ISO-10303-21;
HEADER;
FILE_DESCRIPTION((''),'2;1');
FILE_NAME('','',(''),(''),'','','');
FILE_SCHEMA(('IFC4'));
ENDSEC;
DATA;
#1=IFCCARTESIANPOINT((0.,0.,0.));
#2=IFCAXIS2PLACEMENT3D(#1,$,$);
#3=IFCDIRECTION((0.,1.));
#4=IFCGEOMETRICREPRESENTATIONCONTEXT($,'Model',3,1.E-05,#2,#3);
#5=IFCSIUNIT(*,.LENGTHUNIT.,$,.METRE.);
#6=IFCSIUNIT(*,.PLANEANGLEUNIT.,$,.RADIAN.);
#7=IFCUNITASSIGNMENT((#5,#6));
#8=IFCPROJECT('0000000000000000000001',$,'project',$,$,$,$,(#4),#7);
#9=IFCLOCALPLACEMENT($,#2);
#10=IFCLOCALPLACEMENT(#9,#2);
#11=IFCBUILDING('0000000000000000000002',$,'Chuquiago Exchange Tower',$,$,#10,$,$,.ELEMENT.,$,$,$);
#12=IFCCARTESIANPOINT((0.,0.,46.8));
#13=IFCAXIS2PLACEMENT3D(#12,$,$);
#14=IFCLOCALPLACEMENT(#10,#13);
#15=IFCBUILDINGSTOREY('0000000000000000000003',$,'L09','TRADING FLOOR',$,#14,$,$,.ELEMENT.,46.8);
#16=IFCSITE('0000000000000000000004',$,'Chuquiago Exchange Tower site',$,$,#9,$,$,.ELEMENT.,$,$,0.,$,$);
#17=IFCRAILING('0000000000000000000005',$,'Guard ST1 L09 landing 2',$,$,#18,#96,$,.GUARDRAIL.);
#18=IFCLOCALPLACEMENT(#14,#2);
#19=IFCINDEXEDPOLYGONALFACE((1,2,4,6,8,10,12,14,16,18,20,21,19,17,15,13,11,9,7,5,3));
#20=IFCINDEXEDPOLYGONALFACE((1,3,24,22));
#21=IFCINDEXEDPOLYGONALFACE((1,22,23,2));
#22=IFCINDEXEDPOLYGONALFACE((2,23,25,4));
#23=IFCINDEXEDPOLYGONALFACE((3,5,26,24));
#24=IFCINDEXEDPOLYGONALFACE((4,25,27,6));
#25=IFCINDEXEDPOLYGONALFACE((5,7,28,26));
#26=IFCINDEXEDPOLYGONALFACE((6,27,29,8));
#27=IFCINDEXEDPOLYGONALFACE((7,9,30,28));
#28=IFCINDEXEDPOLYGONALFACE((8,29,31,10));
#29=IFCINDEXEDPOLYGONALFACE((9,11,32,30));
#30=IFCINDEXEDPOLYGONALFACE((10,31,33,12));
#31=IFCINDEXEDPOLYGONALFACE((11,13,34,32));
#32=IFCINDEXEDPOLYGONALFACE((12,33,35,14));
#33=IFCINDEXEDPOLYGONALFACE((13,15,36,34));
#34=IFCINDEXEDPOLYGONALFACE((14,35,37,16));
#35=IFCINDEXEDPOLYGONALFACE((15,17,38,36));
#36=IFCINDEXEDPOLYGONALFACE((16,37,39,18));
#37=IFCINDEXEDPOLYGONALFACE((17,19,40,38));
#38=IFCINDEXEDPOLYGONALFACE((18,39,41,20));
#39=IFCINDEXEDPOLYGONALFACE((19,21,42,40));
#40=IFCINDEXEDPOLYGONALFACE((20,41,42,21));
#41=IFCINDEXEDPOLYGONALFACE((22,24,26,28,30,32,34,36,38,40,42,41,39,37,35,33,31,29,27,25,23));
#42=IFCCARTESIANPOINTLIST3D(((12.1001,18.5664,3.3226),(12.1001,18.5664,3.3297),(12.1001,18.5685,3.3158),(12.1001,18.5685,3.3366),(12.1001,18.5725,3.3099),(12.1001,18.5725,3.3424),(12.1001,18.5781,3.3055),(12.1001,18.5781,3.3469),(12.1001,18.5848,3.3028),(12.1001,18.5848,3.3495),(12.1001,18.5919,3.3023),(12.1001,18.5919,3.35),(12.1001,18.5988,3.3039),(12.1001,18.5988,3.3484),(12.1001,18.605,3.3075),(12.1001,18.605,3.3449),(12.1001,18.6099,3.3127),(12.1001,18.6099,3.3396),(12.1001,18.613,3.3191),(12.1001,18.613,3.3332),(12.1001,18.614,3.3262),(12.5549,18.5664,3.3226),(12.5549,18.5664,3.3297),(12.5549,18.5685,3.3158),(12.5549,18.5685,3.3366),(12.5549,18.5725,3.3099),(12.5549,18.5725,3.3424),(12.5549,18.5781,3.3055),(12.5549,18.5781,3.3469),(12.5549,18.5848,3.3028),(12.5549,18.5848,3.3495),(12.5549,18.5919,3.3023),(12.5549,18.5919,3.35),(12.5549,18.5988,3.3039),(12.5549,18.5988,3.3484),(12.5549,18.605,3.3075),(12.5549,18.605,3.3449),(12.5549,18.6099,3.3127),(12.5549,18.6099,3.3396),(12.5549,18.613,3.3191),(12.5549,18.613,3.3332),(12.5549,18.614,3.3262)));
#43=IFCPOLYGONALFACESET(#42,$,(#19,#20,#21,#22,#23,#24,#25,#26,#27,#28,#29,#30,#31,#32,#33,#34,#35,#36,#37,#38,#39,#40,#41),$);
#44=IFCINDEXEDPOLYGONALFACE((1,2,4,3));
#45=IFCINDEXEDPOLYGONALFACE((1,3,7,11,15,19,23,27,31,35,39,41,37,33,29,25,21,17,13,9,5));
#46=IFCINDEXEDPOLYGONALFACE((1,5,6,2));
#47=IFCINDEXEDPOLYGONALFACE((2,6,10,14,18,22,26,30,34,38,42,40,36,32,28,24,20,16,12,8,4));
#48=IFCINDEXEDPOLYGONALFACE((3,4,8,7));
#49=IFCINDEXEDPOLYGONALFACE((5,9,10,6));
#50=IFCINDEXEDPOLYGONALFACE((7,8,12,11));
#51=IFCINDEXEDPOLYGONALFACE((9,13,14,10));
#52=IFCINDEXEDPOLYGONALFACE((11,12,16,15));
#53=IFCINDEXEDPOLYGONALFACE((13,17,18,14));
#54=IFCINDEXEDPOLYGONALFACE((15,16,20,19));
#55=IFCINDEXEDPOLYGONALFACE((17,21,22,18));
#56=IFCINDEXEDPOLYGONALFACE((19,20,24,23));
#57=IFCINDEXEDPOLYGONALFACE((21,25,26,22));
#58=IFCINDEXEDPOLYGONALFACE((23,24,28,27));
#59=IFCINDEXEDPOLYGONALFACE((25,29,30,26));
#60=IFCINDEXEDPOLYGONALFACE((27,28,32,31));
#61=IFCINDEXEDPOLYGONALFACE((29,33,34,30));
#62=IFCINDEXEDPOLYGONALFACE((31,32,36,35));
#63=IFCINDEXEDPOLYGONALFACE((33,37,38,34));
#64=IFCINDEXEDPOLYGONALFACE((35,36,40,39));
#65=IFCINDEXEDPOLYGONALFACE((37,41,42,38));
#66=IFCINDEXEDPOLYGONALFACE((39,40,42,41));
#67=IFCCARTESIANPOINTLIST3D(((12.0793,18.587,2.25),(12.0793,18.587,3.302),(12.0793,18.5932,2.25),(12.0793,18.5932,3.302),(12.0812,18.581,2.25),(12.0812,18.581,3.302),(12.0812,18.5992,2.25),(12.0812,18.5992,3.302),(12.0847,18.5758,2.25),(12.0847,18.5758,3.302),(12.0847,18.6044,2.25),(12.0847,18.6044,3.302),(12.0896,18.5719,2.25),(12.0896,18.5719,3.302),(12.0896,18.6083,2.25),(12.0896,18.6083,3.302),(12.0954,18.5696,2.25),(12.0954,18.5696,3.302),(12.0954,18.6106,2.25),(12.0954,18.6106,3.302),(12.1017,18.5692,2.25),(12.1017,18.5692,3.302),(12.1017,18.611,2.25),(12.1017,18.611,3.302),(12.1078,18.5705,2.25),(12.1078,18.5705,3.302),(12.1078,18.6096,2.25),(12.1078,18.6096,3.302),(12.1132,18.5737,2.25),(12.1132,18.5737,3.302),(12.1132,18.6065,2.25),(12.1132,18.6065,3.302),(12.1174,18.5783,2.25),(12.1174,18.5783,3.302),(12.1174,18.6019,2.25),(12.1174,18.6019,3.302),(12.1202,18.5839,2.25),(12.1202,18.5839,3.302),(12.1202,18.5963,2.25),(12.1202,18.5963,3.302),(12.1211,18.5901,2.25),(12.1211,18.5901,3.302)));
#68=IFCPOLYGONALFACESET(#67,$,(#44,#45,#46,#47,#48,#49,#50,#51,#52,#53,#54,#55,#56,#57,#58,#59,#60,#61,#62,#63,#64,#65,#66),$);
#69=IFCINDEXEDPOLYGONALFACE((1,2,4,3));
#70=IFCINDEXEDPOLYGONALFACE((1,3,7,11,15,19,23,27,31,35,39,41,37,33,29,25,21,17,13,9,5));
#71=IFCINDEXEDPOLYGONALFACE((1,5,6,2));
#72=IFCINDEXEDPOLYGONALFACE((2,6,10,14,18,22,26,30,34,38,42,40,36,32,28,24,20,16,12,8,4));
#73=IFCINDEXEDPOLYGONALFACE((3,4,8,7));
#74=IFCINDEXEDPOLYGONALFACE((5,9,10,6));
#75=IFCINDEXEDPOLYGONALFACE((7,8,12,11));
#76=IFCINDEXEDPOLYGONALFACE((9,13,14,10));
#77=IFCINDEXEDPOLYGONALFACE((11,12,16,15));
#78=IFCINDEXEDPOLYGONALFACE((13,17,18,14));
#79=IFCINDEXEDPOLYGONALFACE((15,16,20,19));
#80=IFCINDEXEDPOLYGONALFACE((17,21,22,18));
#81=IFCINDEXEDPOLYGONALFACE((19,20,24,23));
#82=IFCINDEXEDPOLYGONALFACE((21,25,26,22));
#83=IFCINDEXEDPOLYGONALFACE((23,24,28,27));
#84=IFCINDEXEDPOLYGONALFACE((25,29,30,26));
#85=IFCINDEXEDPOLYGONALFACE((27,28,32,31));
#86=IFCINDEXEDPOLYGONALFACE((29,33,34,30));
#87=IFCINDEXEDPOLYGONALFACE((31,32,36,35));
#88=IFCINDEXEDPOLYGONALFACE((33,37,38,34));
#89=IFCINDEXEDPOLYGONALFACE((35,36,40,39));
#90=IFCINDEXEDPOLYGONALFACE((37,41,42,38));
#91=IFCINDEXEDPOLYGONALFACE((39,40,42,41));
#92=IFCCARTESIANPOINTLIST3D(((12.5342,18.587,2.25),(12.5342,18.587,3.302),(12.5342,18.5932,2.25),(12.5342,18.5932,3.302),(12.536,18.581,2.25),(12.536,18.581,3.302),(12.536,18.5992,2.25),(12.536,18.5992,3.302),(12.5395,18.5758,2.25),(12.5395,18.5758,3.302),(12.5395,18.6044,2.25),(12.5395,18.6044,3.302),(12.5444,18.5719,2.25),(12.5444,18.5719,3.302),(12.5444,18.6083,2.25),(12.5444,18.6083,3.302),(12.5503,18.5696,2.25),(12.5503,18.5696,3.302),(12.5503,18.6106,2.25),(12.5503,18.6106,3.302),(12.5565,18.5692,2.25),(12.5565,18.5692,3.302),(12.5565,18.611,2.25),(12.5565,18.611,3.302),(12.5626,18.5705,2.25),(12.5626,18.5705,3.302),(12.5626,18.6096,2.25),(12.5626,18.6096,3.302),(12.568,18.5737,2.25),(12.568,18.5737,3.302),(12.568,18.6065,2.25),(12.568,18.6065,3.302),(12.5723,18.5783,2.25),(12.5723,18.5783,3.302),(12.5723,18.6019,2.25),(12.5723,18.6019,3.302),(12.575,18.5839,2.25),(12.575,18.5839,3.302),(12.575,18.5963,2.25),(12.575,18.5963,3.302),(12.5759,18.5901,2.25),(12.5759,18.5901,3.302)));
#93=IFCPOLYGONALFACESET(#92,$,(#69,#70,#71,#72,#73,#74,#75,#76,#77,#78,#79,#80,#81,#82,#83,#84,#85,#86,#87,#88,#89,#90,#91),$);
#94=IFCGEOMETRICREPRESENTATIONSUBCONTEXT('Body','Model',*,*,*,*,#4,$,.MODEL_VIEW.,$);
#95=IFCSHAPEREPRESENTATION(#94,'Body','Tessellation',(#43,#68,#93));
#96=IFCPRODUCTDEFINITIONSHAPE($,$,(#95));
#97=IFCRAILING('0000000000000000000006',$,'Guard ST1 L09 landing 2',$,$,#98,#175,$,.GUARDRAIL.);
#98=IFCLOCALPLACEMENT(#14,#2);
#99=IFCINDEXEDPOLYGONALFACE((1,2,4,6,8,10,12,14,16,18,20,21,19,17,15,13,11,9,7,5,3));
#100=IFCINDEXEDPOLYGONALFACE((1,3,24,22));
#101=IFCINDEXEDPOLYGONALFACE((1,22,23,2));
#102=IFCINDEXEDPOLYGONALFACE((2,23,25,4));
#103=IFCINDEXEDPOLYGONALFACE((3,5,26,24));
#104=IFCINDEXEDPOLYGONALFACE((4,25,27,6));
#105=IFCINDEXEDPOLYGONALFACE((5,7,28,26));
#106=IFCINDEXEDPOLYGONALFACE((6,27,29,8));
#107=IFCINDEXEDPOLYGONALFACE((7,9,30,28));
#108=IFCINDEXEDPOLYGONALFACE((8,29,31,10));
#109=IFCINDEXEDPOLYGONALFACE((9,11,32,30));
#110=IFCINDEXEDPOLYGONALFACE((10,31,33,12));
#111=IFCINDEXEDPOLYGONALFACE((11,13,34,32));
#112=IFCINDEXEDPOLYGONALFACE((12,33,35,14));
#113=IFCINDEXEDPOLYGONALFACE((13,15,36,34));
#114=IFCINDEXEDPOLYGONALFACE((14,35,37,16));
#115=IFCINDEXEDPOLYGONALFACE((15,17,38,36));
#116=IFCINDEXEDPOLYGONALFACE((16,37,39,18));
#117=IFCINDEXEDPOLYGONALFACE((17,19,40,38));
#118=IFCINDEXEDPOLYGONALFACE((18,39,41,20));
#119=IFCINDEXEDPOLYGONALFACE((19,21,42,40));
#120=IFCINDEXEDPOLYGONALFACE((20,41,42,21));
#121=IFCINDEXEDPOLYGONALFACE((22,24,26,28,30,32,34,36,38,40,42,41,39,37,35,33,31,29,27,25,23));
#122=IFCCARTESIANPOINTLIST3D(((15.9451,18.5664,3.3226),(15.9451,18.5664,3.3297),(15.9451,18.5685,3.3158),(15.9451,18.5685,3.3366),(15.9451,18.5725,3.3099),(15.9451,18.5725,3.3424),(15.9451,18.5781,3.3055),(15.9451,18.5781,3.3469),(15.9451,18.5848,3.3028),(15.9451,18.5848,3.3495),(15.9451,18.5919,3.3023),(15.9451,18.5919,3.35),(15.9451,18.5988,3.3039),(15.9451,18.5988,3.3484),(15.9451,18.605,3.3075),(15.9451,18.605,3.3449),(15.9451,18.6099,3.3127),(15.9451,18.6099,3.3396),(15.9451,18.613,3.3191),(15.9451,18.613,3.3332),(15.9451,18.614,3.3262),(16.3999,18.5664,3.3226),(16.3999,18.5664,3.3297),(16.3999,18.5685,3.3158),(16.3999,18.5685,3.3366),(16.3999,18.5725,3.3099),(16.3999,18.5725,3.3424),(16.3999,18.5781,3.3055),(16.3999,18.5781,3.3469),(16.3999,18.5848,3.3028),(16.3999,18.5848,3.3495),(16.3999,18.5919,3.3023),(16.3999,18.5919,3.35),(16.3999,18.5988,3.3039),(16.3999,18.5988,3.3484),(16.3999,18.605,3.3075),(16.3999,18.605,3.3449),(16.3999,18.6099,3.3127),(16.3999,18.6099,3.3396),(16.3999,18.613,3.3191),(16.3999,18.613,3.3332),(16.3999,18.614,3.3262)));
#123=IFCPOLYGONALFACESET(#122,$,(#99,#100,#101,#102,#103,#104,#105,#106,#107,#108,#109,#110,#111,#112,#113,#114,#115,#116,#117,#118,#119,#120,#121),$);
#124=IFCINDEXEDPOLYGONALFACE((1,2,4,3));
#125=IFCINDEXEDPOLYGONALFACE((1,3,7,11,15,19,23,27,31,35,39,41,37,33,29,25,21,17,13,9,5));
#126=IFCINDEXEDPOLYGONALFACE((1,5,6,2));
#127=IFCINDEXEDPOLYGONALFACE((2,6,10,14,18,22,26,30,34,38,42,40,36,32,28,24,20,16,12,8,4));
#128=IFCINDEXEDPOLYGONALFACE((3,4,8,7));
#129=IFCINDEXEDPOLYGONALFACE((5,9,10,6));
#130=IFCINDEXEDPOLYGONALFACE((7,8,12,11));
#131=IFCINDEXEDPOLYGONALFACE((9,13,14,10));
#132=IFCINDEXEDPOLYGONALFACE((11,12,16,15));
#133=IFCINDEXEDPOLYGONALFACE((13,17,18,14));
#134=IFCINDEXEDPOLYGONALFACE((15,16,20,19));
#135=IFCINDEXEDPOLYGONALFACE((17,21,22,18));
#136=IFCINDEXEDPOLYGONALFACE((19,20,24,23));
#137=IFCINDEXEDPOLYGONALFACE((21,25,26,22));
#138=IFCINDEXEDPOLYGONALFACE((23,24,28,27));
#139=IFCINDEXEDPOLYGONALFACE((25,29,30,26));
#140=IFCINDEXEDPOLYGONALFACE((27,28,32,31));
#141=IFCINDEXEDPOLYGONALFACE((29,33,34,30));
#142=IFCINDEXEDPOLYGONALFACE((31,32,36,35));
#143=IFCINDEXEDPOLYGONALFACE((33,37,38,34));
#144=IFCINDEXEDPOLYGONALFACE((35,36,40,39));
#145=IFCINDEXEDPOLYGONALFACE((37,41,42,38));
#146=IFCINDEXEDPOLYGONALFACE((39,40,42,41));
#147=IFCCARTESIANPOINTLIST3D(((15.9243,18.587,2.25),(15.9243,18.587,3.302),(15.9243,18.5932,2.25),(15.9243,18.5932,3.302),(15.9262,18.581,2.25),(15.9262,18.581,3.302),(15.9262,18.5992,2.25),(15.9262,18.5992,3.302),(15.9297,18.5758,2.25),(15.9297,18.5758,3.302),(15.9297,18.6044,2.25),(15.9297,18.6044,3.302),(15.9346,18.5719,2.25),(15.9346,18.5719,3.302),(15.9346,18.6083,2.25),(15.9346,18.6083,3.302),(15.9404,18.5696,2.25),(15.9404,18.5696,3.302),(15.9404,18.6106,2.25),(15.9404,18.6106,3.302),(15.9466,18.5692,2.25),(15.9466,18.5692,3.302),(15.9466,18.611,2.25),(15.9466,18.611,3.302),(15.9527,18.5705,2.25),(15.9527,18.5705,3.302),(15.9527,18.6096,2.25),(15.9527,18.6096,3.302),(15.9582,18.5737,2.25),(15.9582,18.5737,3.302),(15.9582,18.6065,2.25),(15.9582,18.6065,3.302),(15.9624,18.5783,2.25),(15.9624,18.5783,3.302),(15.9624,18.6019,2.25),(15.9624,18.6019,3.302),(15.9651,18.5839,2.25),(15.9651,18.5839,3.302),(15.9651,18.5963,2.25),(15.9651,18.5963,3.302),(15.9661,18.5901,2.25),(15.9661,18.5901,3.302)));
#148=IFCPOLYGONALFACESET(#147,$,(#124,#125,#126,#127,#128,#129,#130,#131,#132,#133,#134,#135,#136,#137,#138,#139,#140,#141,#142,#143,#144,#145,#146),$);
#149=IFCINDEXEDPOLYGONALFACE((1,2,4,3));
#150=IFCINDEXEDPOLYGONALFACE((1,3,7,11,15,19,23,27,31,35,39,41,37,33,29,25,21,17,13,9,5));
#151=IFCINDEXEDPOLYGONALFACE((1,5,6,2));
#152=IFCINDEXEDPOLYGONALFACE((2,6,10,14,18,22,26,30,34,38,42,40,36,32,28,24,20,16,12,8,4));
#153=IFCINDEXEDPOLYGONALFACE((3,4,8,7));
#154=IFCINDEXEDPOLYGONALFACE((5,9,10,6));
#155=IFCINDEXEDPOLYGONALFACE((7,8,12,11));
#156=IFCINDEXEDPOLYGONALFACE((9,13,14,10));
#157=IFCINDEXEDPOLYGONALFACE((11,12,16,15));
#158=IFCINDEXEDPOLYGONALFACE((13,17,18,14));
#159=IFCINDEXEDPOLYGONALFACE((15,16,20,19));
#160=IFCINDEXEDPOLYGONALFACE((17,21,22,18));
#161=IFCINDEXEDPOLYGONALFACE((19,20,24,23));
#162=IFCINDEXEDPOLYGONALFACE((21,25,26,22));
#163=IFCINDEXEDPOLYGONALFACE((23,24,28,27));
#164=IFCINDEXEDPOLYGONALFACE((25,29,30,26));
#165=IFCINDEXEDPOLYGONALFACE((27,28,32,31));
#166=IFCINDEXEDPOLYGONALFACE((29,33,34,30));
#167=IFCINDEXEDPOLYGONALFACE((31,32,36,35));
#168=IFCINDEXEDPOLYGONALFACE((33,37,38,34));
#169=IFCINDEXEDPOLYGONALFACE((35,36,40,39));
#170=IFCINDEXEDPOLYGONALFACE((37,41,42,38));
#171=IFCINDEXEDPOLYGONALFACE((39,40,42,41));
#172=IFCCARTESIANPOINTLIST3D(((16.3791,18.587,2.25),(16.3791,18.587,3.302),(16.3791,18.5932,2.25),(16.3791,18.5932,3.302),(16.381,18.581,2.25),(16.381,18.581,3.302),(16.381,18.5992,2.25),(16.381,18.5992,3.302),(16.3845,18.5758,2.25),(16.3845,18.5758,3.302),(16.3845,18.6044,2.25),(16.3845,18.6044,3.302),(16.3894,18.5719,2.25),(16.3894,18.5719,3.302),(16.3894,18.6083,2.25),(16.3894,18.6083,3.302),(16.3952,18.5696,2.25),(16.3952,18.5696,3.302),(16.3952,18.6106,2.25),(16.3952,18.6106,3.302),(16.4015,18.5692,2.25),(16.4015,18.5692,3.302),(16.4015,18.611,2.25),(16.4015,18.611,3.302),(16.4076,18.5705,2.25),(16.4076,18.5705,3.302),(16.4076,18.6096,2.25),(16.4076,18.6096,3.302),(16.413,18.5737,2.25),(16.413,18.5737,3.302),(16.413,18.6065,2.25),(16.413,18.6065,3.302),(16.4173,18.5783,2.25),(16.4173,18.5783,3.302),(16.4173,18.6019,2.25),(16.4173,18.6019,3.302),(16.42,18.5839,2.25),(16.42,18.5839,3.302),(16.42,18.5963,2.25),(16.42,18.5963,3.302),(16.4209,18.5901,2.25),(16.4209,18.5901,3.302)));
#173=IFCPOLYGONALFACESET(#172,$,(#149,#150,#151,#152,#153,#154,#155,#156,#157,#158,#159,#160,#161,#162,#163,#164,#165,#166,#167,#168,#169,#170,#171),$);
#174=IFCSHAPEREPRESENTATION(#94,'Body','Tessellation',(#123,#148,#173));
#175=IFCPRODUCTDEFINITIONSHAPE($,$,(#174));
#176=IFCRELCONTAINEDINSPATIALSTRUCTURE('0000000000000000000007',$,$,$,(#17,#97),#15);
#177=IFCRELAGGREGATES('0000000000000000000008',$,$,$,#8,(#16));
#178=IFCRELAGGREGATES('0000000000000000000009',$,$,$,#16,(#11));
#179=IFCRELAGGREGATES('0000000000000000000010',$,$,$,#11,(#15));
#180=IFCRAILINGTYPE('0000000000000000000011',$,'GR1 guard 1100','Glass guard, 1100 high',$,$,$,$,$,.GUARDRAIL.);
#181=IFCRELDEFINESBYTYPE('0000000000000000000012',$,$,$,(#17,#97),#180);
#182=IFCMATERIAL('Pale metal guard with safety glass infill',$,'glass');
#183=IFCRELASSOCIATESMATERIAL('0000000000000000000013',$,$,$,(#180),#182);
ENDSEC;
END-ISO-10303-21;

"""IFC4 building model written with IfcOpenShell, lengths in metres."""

from ifc_helpers import new_model, si_unit, direction, frame, origin, origin_2d, place, context, subcontext, project, spatial, circle, extrude, material, type_object, element, save


model = new_model("IFC4")

# Units and contexts
model_context = context("Model", 3, precision=1e-05, world=origin(), true_north=direction((0.0, 1.0)))
body_context = subcontext(model_context, "Body", "Model", "MODEL_VIEW")
ifc_project = project(units=[si_unit("LENGTHUNIT", "METRE"), si_unit("PLANEANGLEUNIT", "RADIAN")], contexts=[model_context])

# Site, building, storey
site_placement = place(None, origin())
site = spatial("IfcSite", under=ifc_project, at=site_placement, Name="Chuquiago Exchange Tower site", CompositionType="ELEMENT", RefElevation=0.0)
building_placement = place(site_placement, origin())
building = spatial("IfcBuilding", under=site, at=building_placement, Name="Chuquiago Exchange Tower", CompositionType="ELEMENT")
storey_placement = place(building_placement, frame((0.0, 0.0, 46.8)))
storey = spatial("IfcBuildingStorey", under=building, at=storey_placement, Name="L09", Description="TRADING FLOOR", CompositionType="ELEMENT", Elevation=46.8)

# Railings
ifc_material_1 = material(Name="Pale metal guard with safety glass infill", Category="glass")
railing_type_1 = type_object("IfcRailingType", Name="GR1 guard 1100", Description="Glass guard, 1100 high", PredefinedType="GUARDRAIL", material=ifc_material_1)
for number, where, name in (
    (1, (12.1001, 18.5901, 2.25), "Guard ST1 L09 landing 2"),
    (2, (15.9451, 18.5901, 2.25), "Guard ST1 L09 landing 2"),
):
    element("IfcRailing", number, at=place(storey_placement, frame(where)), inside=storey, type_object=railing_type_1, Name=name, PredefinedType="GUARDRAIL", context=body_context, shape_type="SweptSolid", body=[
        extrude(circle(Radius=0.0239, at=origin_2d()), frame((0.0, 0.0, 1.0762), z_axis=(1.0, 0.0, 0.0), x_axis=(0.0, 1.0, 0.0)), (0.0, 0.0, 1.0), 0.4548),
        extrude(circle(Radius=0.021, at=origin_2d()), origin(), (0.0, 0.0, 1.0), 1.052),
        extrude(circle(Radius=0.021, at=origin_2d()), frame((0.4548, 0.0, 0.0)), (0.0, 0.0, 1.0), 1.052),
    ])

save(model, "model.ifc")
